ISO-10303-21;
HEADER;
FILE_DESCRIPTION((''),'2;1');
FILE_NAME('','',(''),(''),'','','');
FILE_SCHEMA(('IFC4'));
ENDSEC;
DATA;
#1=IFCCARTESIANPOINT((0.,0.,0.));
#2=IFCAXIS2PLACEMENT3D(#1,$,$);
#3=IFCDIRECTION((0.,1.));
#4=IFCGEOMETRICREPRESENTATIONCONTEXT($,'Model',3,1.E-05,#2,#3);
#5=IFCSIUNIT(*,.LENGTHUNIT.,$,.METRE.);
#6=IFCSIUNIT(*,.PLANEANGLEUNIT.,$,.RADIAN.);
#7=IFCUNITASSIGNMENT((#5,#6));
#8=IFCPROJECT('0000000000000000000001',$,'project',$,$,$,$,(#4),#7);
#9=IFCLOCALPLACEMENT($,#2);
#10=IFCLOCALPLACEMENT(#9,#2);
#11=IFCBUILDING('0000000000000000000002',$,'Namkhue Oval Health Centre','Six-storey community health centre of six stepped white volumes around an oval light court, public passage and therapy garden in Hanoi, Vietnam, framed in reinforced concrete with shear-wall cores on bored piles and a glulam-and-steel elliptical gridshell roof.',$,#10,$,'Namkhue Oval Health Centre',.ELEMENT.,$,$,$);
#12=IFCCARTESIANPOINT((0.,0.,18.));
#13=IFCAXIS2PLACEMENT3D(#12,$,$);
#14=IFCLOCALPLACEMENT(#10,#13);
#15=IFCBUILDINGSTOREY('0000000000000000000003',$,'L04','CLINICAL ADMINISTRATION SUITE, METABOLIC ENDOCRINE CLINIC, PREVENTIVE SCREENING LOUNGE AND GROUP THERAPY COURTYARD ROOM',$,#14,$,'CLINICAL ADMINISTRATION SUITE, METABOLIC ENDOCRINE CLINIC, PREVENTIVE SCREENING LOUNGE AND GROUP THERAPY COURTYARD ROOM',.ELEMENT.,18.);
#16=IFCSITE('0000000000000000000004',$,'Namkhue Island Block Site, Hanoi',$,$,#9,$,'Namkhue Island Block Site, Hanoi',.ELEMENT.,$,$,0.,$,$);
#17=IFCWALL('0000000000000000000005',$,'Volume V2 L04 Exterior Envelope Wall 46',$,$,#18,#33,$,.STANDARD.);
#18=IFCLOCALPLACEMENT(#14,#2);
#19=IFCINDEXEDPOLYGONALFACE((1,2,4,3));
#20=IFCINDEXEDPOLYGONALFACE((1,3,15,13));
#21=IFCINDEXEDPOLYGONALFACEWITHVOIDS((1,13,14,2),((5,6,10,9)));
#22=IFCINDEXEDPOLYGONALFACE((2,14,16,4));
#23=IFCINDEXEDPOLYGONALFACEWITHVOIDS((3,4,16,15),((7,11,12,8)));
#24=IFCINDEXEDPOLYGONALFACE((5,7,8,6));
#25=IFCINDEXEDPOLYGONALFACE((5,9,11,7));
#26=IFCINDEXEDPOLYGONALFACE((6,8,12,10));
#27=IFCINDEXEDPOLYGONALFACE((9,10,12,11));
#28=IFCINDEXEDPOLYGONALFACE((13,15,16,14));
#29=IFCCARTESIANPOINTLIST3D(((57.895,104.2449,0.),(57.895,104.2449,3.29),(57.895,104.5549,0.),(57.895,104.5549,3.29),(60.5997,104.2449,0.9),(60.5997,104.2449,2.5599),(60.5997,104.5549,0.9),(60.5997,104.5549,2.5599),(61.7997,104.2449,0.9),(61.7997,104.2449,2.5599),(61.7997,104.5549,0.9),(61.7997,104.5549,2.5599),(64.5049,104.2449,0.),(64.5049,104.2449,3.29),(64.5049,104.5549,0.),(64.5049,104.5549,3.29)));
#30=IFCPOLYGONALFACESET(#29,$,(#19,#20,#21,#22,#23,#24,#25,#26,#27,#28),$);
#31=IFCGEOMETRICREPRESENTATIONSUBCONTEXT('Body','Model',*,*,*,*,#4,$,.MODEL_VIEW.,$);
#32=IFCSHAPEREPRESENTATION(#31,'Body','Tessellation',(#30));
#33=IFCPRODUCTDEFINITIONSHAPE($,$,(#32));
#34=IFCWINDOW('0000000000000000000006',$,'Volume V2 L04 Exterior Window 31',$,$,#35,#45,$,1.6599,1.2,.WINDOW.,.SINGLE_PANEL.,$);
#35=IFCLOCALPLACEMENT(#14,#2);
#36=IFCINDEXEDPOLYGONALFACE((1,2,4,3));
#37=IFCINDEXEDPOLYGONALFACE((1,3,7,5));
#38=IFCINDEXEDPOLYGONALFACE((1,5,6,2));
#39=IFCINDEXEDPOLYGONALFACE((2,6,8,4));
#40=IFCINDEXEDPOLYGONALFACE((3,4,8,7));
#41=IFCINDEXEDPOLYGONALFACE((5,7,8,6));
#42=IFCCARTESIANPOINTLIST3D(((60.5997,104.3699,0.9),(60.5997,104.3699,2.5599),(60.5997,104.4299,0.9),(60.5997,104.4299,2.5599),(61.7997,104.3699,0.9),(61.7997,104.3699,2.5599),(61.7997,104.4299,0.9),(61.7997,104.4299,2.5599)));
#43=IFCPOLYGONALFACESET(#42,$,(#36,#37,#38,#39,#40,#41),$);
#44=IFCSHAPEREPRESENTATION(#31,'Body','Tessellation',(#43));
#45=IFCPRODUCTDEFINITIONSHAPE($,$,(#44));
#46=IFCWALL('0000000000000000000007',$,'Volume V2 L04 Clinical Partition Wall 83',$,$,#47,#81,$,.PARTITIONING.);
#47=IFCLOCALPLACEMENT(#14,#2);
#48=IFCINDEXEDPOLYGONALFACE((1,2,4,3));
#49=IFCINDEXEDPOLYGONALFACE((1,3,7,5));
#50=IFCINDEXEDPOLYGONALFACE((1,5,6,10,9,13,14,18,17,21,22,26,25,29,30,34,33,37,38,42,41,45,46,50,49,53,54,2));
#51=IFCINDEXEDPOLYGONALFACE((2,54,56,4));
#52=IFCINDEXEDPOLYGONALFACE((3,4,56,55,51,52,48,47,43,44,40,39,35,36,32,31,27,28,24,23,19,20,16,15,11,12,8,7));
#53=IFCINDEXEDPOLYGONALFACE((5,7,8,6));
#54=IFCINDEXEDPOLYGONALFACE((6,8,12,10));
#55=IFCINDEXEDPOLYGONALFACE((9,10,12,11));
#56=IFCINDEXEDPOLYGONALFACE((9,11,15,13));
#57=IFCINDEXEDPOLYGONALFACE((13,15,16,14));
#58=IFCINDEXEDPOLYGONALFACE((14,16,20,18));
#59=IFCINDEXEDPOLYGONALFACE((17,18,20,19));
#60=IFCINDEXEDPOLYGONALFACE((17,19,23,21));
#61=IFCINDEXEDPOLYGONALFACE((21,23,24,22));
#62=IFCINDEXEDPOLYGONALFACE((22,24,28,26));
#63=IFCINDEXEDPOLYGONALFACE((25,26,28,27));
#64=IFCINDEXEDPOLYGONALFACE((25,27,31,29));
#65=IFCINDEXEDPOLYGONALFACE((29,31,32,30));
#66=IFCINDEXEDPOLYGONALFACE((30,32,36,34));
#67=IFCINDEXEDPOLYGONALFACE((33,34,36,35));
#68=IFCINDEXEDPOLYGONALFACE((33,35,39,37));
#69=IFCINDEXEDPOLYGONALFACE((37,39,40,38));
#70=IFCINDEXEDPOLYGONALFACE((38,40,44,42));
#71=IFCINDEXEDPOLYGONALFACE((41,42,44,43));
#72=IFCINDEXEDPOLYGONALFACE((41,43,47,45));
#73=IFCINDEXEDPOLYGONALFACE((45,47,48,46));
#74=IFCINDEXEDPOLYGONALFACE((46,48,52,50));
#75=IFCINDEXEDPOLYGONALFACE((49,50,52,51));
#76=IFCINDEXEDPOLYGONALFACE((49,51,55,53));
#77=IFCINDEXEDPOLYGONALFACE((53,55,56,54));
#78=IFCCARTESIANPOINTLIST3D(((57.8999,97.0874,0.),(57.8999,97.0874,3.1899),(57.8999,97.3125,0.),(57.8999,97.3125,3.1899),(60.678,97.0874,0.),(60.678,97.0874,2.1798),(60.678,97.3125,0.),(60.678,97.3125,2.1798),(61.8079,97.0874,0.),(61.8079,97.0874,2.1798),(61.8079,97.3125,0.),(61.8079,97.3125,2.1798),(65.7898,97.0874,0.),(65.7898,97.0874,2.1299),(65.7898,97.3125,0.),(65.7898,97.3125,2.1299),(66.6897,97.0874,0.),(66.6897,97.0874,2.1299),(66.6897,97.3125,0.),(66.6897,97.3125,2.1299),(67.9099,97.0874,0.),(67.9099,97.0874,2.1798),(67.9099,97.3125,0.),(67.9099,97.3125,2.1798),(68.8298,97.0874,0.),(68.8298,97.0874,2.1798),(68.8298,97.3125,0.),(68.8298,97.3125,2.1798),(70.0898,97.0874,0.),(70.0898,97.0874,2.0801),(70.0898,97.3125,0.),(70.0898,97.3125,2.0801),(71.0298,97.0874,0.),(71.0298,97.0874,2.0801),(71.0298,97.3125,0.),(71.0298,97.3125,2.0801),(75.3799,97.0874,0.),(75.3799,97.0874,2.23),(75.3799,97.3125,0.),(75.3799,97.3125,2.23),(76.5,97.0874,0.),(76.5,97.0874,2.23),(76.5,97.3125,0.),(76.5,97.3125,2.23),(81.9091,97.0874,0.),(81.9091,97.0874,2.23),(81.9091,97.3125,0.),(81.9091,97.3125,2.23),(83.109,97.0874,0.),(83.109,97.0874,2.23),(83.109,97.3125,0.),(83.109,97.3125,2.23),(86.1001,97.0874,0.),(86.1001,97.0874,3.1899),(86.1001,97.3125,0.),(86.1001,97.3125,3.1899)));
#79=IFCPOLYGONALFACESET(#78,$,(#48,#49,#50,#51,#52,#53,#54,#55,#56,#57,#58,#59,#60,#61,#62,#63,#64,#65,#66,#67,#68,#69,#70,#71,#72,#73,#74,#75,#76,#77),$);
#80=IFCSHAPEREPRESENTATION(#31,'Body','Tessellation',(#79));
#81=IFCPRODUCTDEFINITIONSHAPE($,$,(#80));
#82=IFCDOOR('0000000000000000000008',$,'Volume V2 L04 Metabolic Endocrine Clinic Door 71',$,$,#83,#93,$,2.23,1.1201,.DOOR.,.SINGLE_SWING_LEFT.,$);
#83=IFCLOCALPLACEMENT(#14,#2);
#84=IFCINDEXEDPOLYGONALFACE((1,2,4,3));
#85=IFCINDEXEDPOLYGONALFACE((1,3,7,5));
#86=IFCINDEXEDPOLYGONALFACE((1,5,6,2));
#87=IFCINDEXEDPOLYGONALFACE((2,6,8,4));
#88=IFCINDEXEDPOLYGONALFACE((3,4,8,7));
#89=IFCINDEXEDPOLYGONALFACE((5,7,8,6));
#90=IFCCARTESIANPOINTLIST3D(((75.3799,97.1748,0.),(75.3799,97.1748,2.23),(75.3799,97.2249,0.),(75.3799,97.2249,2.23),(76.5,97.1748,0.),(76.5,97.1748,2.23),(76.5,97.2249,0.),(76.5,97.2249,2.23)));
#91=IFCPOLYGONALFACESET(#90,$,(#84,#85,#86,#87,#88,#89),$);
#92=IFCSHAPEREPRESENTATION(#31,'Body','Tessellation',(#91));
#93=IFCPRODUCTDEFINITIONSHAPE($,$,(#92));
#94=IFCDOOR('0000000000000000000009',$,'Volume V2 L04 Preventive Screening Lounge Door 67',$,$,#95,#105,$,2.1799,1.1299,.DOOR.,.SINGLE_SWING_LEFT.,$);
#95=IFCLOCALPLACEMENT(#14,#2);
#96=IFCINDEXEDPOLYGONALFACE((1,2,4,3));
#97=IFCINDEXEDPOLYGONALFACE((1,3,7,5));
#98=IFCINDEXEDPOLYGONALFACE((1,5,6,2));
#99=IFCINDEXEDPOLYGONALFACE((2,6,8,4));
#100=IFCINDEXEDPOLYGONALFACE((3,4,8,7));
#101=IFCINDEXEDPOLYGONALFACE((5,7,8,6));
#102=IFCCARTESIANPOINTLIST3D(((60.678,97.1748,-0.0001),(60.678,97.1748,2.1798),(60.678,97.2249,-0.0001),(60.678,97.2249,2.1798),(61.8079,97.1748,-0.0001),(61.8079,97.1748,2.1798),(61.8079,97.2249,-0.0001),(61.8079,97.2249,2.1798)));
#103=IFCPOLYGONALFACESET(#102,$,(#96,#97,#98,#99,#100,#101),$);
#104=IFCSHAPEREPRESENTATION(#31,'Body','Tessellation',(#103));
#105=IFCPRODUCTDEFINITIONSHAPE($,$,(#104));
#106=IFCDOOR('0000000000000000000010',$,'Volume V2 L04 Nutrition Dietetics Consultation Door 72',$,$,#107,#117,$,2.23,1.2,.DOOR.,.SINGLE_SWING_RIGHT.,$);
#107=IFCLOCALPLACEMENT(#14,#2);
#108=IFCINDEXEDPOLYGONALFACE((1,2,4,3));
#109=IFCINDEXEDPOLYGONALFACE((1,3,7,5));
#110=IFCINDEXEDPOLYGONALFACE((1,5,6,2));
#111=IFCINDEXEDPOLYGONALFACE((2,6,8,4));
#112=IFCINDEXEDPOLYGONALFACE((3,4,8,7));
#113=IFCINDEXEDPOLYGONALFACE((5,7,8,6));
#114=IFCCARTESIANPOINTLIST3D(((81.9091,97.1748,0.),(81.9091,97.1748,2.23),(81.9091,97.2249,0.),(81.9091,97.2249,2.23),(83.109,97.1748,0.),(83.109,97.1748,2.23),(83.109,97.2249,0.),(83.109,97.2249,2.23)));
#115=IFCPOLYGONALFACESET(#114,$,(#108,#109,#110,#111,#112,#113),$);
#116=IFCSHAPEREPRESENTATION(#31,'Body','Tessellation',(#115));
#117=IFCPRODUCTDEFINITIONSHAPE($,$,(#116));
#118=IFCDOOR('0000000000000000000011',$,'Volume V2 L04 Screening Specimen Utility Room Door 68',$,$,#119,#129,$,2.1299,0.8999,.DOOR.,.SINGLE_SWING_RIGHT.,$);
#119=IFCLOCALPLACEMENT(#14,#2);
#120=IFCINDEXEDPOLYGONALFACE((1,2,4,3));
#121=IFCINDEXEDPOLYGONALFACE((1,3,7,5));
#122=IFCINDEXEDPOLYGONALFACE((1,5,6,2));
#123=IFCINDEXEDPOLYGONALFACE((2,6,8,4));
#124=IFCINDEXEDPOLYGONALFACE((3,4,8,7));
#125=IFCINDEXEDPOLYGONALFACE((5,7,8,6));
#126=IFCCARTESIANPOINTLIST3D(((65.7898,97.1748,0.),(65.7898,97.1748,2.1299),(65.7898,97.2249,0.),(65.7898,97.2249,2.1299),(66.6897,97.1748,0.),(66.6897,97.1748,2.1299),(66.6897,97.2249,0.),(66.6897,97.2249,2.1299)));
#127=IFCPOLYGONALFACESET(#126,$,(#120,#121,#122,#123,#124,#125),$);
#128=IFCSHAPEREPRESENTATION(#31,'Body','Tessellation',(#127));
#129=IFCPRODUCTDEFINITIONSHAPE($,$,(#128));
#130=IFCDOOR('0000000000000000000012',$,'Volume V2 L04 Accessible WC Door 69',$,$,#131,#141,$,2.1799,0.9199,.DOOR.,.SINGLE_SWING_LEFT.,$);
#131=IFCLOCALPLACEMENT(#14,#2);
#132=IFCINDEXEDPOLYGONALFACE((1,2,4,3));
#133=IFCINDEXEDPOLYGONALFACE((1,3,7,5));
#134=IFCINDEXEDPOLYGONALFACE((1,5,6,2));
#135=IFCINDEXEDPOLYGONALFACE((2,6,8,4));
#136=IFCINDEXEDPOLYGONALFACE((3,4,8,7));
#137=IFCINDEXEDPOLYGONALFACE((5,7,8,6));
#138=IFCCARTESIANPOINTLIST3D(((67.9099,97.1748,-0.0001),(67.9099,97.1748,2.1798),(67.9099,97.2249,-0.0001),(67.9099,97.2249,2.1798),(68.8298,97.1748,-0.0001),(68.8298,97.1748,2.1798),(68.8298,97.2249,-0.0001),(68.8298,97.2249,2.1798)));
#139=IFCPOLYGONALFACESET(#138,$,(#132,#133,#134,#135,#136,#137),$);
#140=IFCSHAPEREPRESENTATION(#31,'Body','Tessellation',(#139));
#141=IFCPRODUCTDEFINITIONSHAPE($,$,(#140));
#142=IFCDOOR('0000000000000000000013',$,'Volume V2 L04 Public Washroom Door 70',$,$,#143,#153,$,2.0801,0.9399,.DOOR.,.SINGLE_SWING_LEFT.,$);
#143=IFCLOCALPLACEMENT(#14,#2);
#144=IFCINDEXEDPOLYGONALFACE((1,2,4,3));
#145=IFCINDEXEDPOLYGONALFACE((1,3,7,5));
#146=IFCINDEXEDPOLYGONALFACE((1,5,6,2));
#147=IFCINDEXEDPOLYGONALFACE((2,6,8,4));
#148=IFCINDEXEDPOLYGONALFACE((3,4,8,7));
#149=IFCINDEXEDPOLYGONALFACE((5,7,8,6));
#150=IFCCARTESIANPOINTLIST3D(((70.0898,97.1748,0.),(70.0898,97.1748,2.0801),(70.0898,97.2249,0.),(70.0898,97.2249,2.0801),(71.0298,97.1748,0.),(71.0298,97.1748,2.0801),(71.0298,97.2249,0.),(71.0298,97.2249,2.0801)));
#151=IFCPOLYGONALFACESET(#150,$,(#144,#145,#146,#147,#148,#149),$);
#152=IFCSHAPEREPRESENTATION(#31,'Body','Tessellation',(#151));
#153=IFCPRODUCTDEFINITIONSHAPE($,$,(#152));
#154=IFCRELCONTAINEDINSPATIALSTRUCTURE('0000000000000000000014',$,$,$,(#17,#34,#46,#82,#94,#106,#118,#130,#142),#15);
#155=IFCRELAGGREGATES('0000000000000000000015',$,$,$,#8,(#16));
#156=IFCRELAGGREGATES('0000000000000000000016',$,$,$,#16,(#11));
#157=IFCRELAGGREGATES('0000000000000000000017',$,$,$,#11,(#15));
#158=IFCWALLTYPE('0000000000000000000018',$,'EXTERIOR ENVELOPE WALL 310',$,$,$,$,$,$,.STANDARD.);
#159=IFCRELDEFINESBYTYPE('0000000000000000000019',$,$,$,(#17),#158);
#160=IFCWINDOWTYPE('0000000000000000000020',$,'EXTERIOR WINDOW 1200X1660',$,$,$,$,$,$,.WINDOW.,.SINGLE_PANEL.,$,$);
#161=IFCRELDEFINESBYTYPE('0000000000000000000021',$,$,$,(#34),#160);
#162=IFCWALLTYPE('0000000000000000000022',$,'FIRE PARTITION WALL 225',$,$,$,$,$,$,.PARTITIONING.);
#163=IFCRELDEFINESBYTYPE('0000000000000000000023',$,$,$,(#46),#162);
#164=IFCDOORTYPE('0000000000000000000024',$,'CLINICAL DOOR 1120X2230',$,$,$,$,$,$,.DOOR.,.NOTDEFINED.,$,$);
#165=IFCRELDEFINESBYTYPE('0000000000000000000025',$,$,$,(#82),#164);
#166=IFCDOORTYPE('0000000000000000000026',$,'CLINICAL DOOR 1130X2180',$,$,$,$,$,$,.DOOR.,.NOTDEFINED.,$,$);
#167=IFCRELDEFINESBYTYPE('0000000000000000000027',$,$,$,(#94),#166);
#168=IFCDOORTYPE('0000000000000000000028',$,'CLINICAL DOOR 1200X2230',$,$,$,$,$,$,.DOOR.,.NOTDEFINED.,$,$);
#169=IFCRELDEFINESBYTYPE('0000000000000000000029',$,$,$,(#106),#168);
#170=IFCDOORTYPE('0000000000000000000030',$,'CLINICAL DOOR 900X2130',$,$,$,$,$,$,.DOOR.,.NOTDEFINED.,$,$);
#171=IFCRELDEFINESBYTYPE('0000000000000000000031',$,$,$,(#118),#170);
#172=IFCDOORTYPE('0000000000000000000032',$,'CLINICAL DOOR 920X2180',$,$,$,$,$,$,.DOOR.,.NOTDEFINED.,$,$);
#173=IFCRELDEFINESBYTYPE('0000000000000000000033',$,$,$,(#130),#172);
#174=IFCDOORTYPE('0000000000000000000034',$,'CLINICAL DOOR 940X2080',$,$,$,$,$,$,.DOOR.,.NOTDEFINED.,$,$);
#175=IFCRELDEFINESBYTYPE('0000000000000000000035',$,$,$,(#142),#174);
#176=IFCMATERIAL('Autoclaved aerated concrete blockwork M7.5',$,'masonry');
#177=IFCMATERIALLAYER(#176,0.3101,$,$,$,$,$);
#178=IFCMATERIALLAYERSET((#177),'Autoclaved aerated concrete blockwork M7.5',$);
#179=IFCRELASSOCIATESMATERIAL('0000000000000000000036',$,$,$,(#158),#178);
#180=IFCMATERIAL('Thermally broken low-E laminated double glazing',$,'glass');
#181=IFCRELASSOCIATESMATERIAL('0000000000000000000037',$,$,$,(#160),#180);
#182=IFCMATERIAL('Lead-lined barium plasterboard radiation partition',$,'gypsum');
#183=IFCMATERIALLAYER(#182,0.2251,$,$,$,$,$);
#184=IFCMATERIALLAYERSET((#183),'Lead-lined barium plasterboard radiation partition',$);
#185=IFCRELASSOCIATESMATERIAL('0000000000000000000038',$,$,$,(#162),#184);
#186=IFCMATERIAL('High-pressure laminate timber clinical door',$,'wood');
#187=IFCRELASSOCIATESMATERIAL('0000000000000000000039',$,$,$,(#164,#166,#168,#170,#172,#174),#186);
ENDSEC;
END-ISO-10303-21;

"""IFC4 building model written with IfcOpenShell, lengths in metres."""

from ifc_helpers import new_model, si_unit, direction, frame, frame_2d, origin, place, context, subcontext, project, spatial, rectangle, extrude, material, layer, layer_set, type_object, element, fill, save


model = new_model("IFC4")

# Units and contexts
model_context = context("Model", 3, precision=1e-05, world=origin(), true_north=direction((0.0, 1.0)))
body_context = subcontext(model_context, "Body", "Model", "MODEL_VIEW")
ifc_project = project(units=[si_unit("LENGTHUNIT", "METRE"), si_unit("PLANEANGLEUNIT", "RADIAN")], contexts=[model_context])

# Site, building, storey
site_placement = place(None, origin())
site = spatial("IfcSite", under=ifc_project, at=site_placement, Name="Namkhue Island Block Site, Hanoi", LongName="Namkhue Island Block Site, Hanoi", CompositionType="ELEMENT", RefElevation=0.0)
building_placement = place(site_placement, origin())
building = spatial("IfcBuilding", under=site, at=building_placement, Name="Namkhue Oval Health Centre", Description="Six-storey community health centre of six stepped white volumes around an oval light court, public passage and therapy garden in Hanoi, Vietnam, framed in reinforced concrete with shear-wall cores on bored piles and a glulam-and-steel elliptical gridshell roof.", LongName="Namkhue Oval Health Centre", CompositionType="ELEMENT")
storey_placement = place(building_placement, frame((0.0, 0.0, 18.0)))
storey = spatial("IfcBuildingStorey", under=building, at=storey_placement, Name="L04", Description="CLINICAL ADMINISTRATION SUITE, METABOLIC ENDOCRINE CLINIC, PREVENTIVE SCREENING LOUNGE AND GROUP THERAPY COURTYARD ROOM", LongName="CLINICAL ADMINISTRATION SUITE, METABOLIC ENDOCRINE CLINIC, PREVENTIVE SCREENING LOUNGE AND GROUP THERAPY COURTYARD ROOM", CompositionType="ELEMENT", Elevation=18.0)

# Shared definitions
ifc_material_1 = material(Name="Thermally broken low-E laminated double glazing", Category="glass")

# Wall, opening, window
ifc_material_2 = material(Name="Autoclaved aerated concrete blockwork M7.5", Category="masonry")
ifc_layer_1 = layer(ifc_material_2, 0.3101)
ifc_layer_set_1 = layer_set([ifc_layer_1], Name="Autoclaved aerated concrete blockwork M7.5")
wall_type_1 = type_object("IfcWallType", Name="EXTERIOR ENVELOPE WALL 310", PredefinedType="STANDARD", material=ifc_layer_set_1)
wall_1_placement = place(storey_placement, frame((64.5049, 104.3999, 0.0), z_axis=(0.0, 0.0, 1.0), x_axis=(-1.0, 0.0, 0.0)))
wall_1 = element("IfcWall", 1, at=wall_1_placement, inside=storey, type_object=wall_type_1, Name="Volume V2 L04 Exterior Envelope Wall 46", PredefinedType="STANDARD", context=body_context, shape_type="SweptSolid", body=[
    extrude(rectangle(XDim=6.6099, YDim=0.3101, at=frame_2d((3.3049, 0.0))), origin(), (0.0, 0.0, 1.0), 3.29),
])
opening_1_placement = place(wall_1_placement, frame((2.7051, 0.0, 0.8999)))
opening_1 = element("IfcOpeningElement", 2, at=opening_1_placement, cuts=wall_1, PredefinedType="OPENING", context=body_context, shape_type="SweptSolid", body=[
    extrude(rectangle(XDim=1.2, YDim=1.6599, at=frame_2d((0.6001, 0.8301))), frame((0.0, 0.165, 0.0), z_axis=(0.0, -1.0, 0.0), x_axis=(1.0, 0.0, 0.0)), (0.0, 0.0, 1.0), 0.3301),
])
window_type = type_object("IfcWindowType", Name="EXTERIOR WINDOW 1200X1660", PartitioningType="SINGLE_PANEL", PredefinedType="WINDOW", material=ifc_material_1)
window_placement = place(opening_1_placement, origin())
window = element("IfcWindow", 3, at=window_placement, inside=storey, type_object=window_type, Name="Volume V2 L04 Exterior Window 31", OverallHeight=1.6599, OverallWidth=1.2, PartitioningType="SINGLE_PANEL", PredefinedType="WINDOW", context=body_context, shape_type="SweptSolid", body=[
    extrude(rectangle(XDim=1.2, YDim=1.6599, at=frame_2d((0.6001, 0.8301))), frame((0.0, 0.03, 0.0), z_axis=(0.0, -1.0, 0.0), x_axis=(1.0, 0.0, 0.0)), (0.0, 0.0, 1.0), 0.0601),
])
fill(opening_1, window)

# Wall, openings, doors
ifc_material_3 = material(Name="Lead-lined barium plasterboard radiation partition", Category="gypsum")
ifc_layer_2 = layer(ifc_material_3, 0.2251)
ifc_layer_set_2 = layer_set([ifc_layer_2], Name="Lead-lined barium plasterboard radiation partition")
wall_type_2 = type_object("IfcWallType", Name="FIRE PARTITION WALL 225", PredefinedType="PARTITIONING", material=ifc_layer_set_2)
wall_2_placement = place(storey_placement, frame((57.8999, 97.2, 0.0), z_axis=(0.0, 0.0, 1.0), x_axis=(1.0, 0.0, 0.0)))
wall_2 = element("IfcWall", 4, at=wall_2_placement, inside=storey, type_object=wall_type_2, Name="Volume V2 L04 Clinical Partition Wall 83", PredefinedType="PARTITIONING", context=body_context, shape_type="SweptSolid", body=[
    extrude(rectangle(XDim=28.2002, YDim=0.2251, at=frame_2d((14.1001, 0.0))), origin(), (0.0, 0.0, 1.0), 3.1899),
])
opening_2_placement = place(wall_2_placement, frame((2.7781, 0.0, 0.0)))
opening_2 = element("IfcOpeningElement", 5, at=opening_2_placement, cuts=wall_2, PredefinedType="OPENING", context=body_context, shape_type="SweptSolid", body=[
    extrude(rectangle(XDim=1.1299, YDim=2.1799, at=frame_2d((0.5649, 1.0898))), frame((0.0, 0.1226, 0.0), z_axis=(0.0, -1.0, 0.0), x_axis=(1.0, 0.0, 0.0)), (0.0, 0.0, 1.0), 0.2451),
])
opening_3_placement = place(wall_2_placement, frame((7.8899, 0.0, 0.0)))
opening_3 = element("IfcOpeningElement", 6, at=opening_3_placement, cuts=wall_2, PredefinedType="OPENING", context=body_context, shape_type="SweptSolid", body=[
    extrude(rectangle(XDim=0.8999, YDim=2.1299, at=frame_2d((0.45, 1.0649))), frame((0.0, 0.1226, 0.0), z_axis=(0.0, -1.0, 0.0), x_axis=(1.0, 0.0, 0.0)), (0.0, 0.0, 1.0), 0.2451),
])
opening_4_placement = place(wall_2_placement, frame((10.01, 0.0, 0.0)))
opening_4 = element("IfcOpeningElement", 7, at=opening_4_placement, cuts=wall_2, PredefinedType="OPENING", context=body_context, shape_type="SweptSolid", body=[
    extrude(rectangle(XDim=0.9199, YDim=2.1799, at=frame_2d((0.46, 1.0898))), frame((0.0, 0.1226, 0.0), z_axis=(0.0, -1.0, 0.0), x_axis=(1.0, 0.0, 0.0)), (0.0, 0.0, 1.0), 0.2451),
])
opening_5_placement = place(wall_2_placement, frame((12.1899, 0.0, 0.0)))
opening_5 = element("IfcOpeningElement", 8, at=opening_5_placement, cuts=wall_2, PredefinedType="OPENING", context=body_context, shape_type="SweptSolid", body=[
    extrude(rectangle(XDim=0.9399, YDim=2.0801, at=frame_2d((0.47, 1.04))), frame((0.0, 0.1226, 0.0), z_axis=(0.0, -1.0, 0.0), x_axis=(1.0, 0.0, 0.0)), (0.0, 0.0, 1.0), 0.2451),
])
opening_6_placement = place(wall_2_placement, frame((17.48, 0.0, 0.0)))
opening_6 = element("IfcOpeningElement", 9, at=opening_6_placement, cuts=wall_2, PredefinedType="OPENING", context=body_context, shape_type="SweptSolid", body=[
    extrude(rectangle(XDim=1.1201, YDim=2.23, at=frame_2d((0.5601, 1.115))), frame((0.0, 0.1226, 0.0), z_axis=(0.0, -1.0, 0.0), x_axis=(1.0, 0.0, 0.0)), (0.0, 0.0, 1.0), 0.2451),
])
opening_7_placement = place(wall_2_placement, frame((24.009, 0.0, 0.0)))
opening_7 = element("IfcOpeningElement", 10, at=opening_7_placement, cuts=wall_2, PredefinedType="OPENING", context=body_context, shape_type="SweptSolid", body=[
    extrude(rectangle(XDim=1.2, YDim=2.23, at=frame_2d((0.6001, 1.115))), frame((0.0, 0.1226, 0.0), z_axis=(0.0, -1.0, 0.0), x_axis=(1.0, 0.0, 0.0)), (0.0, 0.0, 1.0), 0.2451),
])
ifc_material_4 = material(Name="High-pressure laminate timber clinical door", Category="wood")
door_type_1 = type_object("IfcDoorType", Name="CLINICAL DOOR 1120X2230", OperationType="NOTDEFINED", PredefinedType="DOOR", material=ifc_material_4)
door_1_placement = place(opening_6_placement, origin())
door_1 = element("IfcDoor", 11, at=door_1_placement, inside=storey, type_object=door_type_1, Name="Volume V2 L04 Metabolic Endocrine Clinic Door 71", OperationType="SINGLE_SWING_LEFT", OverallHeight=2.23, OverallWidth=1.1201, PredefinedType="DOOR", context=body_context, shape_type="SweptSolid", body=[
    extrude(rectangle(XDim=1.1201, YDim=2.23, at=frame_2d((0.5601, 1.115))), frame((0.0, 0.0249, 0.0), z_axis=(0.0, -1.0, 0.0), x_axis=(1.0, 0.0, 0.0)), (0.0, 0.0, 1.0), 0.05),
])
fill(opening_6, door_1)
door_type_2 = type_object("IfcDoorType", Name="CLINICAL DOOR 1130X2180", OperationType="NOTDEFINED", PredefinedType="DOOR", material=ifc_material_4)
door_2_placement = place(opening_2_placement, origin())
door_2 = element("IfcDoor", 12, at=door_2_placement, inside=storey, type_object=door_type_2, Name="Volume V2 L04 Preventive Screening Lounge Door 67", OperationType="SINGLE_SWING_LEFT", OverallHeight=2.1799, OverallWidth=1.1299, PredefinedType="DOOR", context=body_context, shape_type="SweptSolid", body=[
    extrude(rectangle(XDim=1.1299, YDim=2.1799, at=frame_2d((0.5649, 1.0898))), frame((0.0, 0.0249, 0.0), z_axis=(0.0, -1.0, 0.0), x_axis=(1.0, 0.0, 0.0)), (0.0, 0.0, 1.0), 0.05),
])
fill(opening_2, door_2)
door_type_3 = type_object("IfcDoorType", Name="CLINICAL DOOR 1200X2230", OperationType="NOTDEFINED", PredefinedType="DOOR", material=ifc_material_4)
door_3_placement = place(opening_7_placement, origin())
door_3 = element("IfcDoor", 13, at=door_3_placement, inside=storey, type_object=door_type_3, Name="Volume V2 L04 Nutrition Dietetics Consultation Door 72", OperationType="SINGLE_SWING_RIGHT", OverallHeight=2.23, OverallWidth=1.2, PredefinedType="DOOR", context=body_context, shape_type="SweptSolid", body=[
    extrude(rectangle(XDim=1.2, YDim=2.23, at=frame_2d((0.6001, 1.115))), frame((0.0, 0.0249, 0.0), z_axis=(0.0, -1.0, 0.0), x_axis=(1.0, 0.0, 0.0)), (0.0, 0.0, 1.0), 0.05),
])
fill(opening_7, door_3)
door_type_4 = type_object("IfcDoorType", Name="CLINICAL DOOR 900X2130", OperationType="NOTDEFINED", PredefinedType="DOOR", material=ifc_material_4)
door_4_placement = place(opening_3_placement, origin())
door_4 = element("IfcDoor", 14, at=door_4_placement, inside=storey, type_object=door_type_4, Name="Volume V2 L04 Screening Specimen Utility Room Door 68", OperationType="SINGLE_SWING_RIGHT", OverallHeight=2.1299, OverallWidth=0.8999, PredefinedType="DOOR", context=body_context, shape_type="SweptSolid", body=[
    extrude(rectangle(XDim=0.8999, YDim=2.1299, at=frame_2d((0.45, 1.0649))), frame((0.0, 0.0249, 0.0), z_axis=(0.0, -1.0, 0.0), x_axis=(1.0, 0.0, 0.0)), (0.0, 0.0, 1.0), 0.05),
])
fill(opening_3, door_4)
door_type_5 = type_object("IfcDoorType", Name="CLINICAL DOOR 920X2180", OperationType="NOTDEFINED", PredefinedType="DOOR", material=ifc_material_4)
door_5_placement = place(opening_4_placement, origin())
door_5 = element("IfcDoor", 15, at=door_5_placement, inside=storey, type_object=door_type_5, Name="Volume V2 L04 Accessible WC Door 69", OperationType="SINGLE_SWING_LEFT", OverallHeight=2.1799, OverallWidth=0.9199, PredefinedType="DOOR", context=body_context, shape_type="SweptSolid", body=[
    extrude(rectangle(XDim=0.9199, YDim=2.1799, at=frame_2d((0.46, 1.0898))), frame((0.0, 0.0249, 0.0), z_axis=(0.0, -1.0, 0.0), x_axis=(1.0, 0.0, 0.0)), (0.0, 0.0, 1.0), 0.05),
])
fill(opening_4, door_5)
door_type_6 = type_object("IfcDoorType", Name="CLINICAL DOOR 940X2080", OperationType="NOTDEFINED", PredefinedType="DOOR", material=ifc_material_4)
door_6_placement = place(opening_5_placement, origin())
door_6 = element("IfcDoor", 16, at=door_6_placement, inside=storey, type_object=door_type_6, Name="Volume V2 L04 Public Washroom Door 70", OperationType="SINGLE_SWING_LEFT", OverallHeight=2.0801, OverallWidth=0.9399, PredefinedType="DOOR", context=body_context, shape_type="SweptSolid", body=[
    extrude(rectangle(XDim=0.9399, YDim=2.0801, at=frame_2d((0.47, 1.04))), frame((0.0, 0.0249, 0.0), z_axis=(0.0, -1.0, 0.0), x_axis=(1.0, 0.0, 0.0)), (0.0, 0.0, 1.0), 0.05),
])
fill(opening_5, door_6)

save(model, "model.ifc")
